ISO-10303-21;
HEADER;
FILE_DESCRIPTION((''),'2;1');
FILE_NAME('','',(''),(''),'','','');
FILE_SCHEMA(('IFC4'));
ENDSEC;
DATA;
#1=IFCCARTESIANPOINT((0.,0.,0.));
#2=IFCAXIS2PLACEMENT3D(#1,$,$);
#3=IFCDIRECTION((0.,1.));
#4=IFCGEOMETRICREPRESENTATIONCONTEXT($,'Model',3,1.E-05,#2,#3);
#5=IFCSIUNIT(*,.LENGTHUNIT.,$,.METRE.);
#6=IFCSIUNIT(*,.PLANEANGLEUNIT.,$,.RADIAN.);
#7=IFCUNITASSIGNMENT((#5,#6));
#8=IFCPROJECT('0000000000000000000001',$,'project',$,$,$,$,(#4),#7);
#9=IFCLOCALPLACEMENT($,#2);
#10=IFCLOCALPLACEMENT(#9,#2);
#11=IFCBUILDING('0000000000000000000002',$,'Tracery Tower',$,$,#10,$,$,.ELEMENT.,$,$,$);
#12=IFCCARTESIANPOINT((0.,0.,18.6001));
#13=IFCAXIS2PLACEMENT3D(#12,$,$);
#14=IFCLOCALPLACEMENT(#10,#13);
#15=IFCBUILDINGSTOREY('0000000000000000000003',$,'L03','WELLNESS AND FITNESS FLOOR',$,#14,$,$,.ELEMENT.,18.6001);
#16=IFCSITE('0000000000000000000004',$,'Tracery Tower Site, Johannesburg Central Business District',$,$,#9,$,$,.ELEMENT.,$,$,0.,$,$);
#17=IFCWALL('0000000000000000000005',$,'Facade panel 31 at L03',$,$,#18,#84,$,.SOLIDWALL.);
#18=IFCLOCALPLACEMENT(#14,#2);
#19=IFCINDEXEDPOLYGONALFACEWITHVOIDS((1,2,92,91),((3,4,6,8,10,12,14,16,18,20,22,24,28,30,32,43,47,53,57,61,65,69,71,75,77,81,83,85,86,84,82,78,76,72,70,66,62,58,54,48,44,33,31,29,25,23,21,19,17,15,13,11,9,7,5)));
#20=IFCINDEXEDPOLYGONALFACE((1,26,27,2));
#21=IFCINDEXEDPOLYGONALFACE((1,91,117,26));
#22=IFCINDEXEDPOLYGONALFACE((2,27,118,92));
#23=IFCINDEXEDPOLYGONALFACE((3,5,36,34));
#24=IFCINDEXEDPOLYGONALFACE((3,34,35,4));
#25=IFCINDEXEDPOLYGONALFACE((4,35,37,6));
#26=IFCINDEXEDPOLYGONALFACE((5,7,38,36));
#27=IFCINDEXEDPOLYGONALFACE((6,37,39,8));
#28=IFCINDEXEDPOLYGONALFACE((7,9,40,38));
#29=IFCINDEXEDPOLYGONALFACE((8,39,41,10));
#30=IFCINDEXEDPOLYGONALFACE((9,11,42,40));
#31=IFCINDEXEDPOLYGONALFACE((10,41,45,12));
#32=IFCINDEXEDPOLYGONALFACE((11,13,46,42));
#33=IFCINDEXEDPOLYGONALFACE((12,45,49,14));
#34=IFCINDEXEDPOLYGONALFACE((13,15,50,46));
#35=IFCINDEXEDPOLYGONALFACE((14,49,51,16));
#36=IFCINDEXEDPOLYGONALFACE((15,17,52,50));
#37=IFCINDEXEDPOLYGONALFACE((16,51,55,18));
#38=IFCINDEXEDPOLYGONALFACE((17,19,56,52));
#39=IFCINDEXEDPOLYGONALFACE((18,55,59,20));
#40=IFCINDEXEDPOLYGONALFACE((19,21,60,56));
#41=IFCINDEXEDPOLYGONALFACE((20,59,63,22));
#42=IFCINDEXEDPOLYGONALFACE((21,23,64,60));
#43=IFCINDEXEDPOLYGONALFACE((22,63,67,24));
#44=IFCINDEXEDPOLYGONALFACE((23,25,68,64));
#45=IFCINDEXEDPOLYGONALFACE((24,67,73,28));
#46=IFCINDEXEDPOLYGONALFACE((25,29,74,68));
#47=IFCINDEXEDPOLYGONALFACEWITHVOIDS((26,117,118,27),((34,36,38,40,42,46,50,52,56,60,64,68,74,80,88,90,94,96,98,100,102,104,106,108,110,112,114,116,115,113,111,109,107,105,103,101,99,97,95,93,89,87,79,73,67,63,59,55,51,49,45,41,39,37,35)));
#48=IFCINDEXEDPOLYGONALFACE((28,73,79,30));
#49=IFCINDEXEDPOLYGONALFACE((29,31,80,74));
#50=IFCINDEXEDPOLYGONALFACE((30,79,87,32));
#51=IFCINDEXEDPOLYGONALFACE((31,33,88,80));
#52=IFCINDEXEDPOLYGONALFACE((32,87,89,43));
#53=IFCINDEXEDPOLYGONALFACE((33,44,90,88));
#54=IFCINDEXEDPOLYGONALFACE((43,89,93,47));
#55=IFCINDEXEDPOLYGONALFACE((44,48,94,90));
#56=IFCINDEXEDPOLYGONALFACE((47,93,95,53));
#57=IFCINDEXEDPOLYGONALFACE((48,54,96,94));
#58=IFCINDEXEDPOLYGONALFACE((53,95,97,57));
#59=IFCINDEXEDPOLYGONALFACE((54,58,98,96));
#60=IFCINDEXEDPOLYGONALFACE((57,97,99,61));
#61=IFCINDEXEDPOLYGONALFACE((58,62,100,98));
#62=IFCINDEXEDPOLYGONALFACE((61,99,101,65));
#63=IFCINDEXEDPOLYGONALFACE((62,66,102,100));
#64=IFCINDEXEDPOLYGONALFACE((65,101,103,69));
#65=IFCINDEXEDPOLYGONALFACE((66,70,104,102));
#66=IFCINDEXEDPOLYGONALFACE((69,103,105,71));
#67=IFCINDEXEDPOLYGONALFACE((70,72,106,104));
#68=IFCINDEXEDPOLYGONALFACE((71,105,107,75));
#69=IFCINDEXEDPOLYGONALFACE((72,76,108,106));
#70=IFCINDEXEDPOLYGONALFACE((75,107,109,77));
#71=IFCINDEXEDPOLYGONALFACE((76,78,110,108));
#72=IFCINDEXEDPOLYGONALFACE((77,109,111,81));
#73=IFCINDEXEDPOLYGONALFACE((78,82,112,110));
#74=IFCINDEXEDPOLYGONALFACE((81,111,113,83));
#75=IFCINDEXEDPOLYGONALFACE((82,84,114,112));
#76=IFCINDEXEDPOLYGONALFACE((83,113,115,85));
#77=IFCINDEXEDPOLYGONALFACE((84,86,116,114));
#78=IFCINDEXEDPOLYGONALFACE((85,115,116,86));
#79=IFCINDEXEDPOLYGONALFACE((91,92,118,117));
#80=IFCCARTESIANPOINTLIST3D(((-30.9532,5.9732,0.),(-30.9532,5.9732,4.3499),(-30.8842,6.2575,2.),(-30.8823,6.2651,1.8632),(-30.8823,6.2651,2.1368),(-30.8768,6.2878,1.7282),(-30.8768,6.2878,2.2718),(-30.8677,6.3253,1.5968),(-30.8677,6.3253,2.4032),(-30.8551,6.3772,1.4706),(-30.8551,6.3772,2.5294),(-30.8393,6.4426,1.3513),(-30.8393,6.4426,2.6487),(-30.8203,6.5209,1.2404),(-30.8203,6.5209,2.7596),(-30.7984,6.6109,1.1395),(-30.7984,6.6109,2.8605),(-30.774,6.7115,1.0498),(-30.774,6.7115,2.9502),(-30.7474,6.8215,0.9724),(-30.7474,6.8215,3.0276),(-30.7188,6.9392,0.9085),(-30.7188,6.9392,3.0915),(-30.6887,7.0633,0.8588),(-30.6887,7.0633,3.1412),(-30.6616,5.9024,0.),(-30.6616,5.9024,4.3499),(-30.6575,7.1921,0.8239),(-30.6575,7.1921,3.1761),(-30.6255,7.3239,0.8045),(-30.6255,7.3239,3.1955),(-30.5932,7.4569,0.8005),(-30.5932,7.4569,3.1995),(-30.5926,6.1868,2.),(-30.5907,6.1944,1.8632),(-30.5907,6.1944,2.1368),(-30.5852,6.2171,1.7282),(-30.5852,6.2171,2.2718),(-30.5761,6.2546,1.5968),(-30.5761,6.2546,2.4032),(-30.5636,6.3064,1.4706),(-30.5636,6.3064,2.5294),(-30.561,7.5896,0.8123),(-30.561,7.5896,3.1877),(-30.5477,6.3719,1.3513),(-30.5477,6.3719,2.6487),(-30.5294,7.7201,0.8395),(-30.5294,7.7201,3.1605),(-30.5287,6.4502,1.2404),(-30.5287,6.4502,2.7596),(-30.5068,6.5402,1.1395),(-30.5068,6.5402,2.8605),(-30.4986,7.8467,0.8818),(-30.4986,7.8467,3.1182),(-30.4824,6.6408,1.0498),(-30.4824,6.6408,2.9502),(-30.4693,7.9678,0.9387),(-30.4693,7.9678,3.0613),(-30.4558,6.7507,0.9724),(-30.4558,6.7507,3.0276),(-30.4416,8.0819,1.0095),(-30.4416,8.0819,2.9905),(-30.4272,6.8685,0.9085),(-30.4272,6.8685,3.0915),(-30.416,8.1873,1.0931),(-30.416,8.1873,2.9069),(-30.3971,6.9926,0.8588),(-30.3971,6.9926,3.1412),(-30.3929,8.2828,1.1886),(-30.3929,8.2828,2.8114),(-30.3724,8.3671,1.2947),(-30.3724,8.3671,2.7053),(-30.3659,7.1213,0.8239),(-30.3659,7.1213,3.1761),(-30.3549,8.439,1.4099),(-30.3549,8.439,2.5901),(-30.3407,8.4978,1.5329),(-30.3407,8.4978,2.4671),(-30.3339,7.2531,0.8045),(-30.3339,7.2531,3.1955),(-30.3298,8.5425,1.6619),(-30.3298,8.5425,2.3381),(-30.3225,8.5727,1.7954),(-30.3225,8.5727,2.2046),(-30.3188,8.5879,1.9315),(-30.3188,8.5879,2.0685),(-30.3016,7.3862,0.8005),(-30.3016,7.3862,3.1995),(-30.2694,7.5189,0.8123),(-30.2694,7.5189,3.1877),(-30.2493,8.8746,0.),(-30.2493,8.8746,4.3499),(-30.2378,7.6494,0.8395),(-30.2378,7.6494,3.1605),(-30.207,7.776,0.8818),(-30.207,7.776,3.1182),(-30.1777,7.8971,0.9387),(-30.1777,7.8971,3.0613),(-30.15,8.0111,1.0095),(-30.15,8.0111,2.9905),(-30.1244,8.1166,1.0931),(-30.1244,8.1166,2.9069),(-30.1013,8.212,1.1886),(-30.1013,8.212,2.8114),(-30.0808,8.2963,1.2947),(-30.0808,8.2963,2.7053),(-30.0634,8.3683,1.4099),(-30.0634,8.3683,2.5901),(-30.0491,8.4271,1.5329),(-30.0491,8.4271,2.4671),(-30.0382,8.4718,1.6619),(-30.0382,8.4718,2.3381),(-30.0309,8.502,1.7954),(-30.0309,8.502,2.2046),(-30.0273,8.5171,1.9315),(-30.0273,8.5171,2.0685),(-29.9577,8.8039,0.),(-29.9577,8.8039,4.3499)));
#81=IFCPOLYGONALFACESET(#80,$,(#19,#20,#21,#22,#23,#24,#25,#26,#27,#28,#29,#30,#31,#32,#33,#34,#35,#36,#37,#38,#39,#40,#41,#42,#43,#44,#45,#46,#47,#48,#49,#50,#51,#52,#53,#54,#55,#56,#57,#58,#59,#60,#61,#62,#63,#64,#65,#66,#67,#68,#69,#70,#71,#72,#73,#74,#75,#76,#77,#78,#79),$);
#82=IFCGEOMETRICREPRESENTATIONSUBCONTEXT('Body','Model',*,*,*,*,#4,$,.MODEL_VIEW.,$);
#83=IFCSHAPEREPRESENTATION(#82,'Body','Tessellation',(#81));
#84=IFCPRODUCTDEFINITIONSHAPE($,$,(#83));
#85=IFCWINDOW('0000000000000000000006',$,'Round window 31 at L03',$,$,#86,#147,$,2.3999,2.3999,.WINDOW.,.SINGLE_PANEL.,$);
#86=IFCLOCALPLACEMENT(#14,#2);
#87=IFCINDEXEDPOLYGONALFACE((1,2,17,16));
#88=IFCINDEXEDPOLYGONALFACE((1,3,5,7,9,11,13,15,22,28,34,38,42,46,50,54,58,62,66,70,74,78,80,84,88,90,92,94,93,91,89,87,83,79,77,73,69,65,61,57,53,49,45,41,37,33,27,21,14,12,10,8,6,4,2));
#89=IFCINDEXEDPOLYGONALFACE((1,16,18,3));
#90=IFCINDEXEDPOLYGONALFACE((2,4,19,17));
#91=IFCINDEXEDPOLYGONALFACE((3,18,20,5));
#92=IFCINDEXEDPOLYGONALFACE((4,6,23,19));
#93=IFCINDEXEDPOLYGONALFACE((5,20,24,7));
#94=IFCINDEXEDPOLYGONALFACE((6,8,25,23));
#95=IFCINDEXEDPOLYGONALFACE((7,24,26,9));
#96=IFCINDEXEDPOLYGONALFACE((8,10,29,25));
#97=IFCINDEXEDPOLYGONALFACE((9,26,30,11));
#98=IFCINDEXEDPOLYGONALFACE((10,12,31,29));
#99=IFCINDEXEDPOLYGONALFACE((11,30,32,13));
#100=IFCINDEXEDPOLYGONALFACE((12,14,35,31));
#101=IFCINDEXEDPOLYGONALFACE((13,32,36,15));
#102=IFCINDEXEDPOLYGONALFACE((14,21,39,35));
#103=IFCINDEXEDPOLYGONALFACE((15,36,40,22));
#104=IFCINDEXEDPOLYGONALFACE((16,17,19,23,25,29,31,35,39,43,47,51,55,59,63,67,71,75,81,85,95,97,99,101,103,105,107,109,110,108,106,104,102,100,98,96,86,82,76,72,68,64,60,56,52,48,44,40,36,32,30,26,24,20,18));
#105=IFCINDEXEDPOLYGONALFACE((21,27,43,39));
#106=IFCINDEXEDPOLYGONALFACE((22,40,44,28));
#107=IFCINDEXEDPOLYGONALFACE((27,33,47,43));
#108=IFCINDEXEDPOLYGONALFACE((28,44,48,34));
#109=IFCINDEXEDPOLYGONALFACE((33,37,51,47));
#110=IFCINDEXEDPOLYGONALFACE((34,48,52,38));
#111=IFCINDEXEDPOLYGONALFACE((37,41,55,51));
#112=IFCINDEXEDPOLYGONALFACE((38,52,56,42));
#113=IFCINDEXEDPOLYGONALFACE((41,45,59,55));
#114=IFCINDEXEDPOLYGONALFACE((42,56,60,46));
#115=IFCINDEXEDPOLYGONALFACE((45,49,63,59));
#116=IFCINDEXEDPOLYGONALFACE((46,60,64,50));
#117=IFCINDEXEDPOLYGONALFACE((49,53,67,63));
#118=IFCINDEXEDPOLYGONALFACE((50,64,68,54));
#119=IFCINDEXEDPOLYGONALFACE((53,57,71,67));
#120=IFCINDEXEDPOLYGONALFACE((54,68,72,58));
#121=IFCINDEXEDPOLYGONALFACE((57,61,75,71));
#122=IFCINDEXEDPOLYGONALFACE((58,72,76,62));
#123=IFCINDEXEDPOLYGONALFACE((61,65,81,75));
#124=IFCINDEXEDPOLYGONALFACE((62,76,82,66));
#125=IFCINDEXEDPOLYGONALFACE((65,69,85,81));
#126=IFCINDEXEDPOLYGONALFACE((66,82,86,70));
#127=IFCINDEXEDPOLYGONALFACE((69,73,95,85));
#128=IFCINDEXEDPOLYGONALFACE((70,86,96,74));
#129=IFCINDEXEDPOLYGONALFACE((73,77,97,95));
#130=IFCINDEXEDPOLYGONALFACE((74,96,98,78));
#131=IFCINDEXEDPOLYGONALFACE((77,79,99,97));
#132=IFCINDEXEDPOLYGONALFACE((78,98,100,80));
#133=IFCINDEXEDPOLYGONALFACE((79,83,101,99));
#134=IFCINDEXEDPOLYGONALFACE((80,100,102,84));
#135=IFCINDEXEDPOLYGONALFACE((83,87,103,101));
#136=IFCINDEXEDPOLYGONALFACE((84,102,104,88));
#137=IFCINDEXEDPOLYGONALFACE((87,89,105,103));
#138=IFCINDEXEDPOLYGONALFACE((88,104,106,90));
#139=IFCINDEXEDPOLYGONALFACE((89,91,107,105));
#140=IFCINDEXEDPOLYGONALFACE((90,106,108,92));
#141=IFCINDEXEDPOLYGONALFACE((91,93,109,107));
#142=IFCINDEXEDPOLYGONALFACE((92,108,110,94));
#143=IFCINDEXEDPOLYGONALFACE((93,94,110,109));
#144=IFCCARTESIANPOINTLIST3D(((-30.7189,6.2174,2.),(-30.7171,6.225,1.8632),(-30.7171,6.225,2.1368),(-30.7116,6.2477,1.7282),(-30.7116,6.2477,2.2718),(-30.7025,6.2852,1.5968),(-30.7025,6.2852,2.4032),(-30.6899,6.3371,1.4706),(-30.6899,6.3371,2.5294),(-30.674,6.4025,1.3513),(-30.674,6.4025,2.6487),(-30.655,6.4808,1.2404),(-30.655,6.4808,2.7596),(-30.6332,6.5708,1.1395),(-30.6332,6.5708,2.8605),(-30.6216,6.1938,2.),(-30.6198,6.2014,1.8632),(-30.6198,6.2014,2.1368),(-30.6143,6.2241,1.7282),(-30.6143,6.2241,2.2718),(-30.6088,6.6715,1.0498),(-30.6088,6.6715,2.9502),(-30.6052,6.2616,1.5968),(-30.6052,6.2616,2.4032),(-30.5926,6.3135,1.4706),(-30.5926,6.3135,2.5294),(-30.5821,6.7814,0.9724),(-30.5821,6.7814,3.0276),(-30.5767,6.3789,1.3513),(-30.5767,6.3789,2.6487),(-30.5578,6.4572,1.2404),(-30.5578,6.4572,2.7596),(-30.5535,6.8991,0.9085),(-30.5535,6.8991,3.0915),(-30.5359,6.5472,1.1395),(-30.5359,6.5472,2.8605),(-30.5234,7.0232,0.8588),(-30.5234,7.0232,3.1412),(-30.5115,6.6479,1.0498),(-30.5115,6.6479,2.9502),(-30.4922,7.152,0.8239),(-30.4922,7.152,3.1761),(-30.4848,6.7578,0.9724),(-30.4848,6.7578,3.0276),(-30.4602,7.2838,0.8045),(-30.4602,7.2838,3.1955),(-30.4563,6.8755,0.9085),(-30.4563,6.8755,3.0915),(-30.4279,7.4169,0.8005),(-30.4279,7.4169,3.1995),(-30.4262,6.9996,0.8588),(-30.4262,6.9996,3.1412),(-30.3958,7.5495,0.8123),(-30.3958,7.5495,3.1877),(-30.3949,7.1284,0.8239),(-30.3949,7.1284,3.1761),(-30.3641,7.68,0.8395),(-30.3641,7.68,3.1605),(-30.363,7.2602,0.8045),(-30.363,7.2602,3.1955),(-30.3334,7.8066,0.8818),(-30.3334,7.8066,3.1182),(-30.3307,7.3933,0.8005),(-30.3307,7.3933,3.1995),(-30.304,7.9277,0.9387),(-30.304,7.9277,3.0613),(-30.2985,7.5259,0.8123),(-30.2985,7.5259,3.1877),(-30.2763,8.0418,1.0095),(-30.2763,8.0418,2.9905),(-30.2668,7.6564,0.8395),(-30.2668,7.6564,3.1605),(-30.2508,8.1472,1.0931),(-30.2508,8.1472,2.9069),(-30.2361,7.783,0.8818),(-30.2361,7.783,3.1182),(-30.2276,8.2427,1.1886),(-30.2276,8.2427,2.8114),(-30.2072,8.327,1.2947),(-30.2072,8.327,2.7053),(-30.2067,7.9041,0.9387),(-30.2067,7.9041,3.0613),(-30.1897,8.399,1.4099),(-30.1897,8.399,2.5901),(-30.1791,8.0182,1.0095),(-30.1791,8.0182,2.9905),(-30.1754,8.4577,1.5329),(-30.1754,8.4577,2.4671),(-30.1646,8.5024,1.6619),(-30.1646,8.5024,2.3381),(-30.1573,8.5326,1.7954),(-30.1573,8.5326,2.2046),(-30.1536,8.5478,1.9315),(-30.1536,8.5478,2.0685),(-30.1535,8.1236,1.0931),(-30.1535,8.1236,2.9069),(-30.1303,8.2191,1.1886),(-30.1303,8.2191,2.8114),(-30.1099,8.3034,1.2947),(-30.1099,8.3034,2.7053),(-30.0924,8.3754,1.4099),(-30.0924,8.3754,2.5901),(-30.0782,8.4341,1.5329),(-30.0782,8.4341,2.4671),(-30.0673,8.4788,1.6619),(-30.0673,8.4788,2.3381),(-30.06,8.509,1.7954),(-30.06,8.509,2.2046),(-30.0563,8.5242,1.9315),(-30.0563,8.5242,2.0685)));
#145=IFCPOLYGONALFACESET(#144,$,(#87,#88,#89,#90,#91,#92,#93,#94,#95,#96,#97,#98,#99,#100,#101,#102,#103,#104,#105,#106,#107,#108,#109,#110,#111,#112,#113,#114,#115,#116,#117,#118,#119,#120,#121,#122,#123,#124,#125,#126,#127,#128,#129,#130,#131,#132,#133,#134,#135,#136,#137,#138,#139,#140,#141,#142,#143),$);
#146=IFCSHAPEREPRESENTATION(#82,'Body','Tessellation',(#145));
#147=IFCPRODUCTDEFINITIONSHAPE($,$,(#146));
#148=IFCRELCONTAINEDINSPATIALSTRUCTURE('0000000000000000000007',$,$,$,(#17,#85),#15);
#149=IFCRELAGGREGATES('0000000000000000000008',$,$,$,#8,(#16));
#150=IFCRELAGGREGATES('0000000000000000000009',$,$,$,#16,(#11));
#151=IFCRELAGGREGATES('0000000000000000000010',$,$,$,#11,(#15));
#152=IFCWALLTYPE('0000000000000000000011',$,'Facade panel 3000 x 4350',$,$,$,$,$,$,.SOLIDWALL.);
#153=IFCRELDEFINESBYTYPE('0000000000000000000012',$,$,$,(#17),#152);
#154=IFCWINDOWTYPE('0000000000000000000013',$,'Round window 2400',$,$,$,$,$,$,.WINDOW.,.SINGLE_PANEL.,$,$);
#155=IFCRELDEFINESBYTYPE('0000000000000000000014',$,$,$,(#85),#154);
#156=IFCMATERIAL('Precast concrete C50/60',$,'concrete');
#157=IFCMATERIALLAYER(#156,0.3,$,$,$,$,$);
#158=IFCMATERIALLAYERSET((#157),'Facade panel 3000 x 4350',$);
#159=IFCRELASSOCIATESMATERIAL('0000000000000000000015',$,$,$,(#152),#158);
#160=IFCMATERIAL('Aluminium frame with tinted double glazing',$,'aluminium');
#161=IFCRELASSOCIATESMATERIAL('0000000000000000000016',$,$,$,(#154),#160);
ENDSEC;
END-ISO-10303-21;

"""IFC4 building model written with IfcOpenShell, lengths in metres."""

from ifc_helpers import new_model, si_unit, direction, frame, frame_2d, origin, origin_2d, place, context, subcontext, project, spatial, rectangle, circle, extrude, material, layer, layer_set, type_object, element, fill, save


model = new_model("IFC4")

# Units and contexts
model_context = context("Model", 3, precision=1e-05, world=origin(), true_north=direction((0.0, 1.0)))
body_context = subcontext(model_context, "Body", "Model", "MODEL_VIEW")
ifc_project = project(units=[si_unit("LENGTHUNIT", "METRE"), si_unit("PLANEANGLEUNIT", "RADIAN")], contexts=[model_context])

# Site, building, storey
site_placement = place(None, origin())
site = spatial("IfcSite", under=ifc_project, at=site_placement, Name="Tracery Tower Site, Johannesburg Central Business District", CompositionType="ELEMENT", RefElevation=0.0)
building_placement = place(site_placement, origin())
building = spatial("IfcBuilding", under=site, at=building_placement, Name="Tracery Tower", CompositionType="ELEMENT")
storey_placement = place(building_placement, frame((0.0, 0.0, 18.6001)))
storey = spatial("IfcBuildingStorey", under=building, at=storey_placement, Name="L03", Description="WELLNESS AND FITNESS FLOOR", CompositionType="ELEMENT", Elevation=18.6001)

# Wall, opening, window
ifc_material_1 = material(Name="Precast concrete C50/60", Category="concrete")
ifc_layer_1 = layer(ifc_material_1, 0.3)
ifc_layer_set_1 = layer_set([ifc_layer_1], Name="Facade panel 3000 x 4350")
wall_type_1 = type_object("IfcWallType", Name="Facade panel 3000 x 4350", PredefinedType="SOLIDWALL", material=ifc_layer_set_1)
ifc_material_2 = material(Name="Aluminium frame with tinted double glazing", Category="aluminium")
window_type = type_object("IfcWindowType", Name="Round window 2400", PartitioningType="SINGLE_PANEL", PredefinedType="WINDOW", material=ifc_material_2)
wall_1_placement = place(storey_placement, frame((-30.1035, 8.8391, 0.0), z_axis=(0.0, 0.0, 1.0), x_axis=(-0.235757, -0.971812, 0.0)))
wall_1 = element("IfcWall", 1, at=wall_1_placement, inside=storey, type_object=wall_type_1, Name="Facade panel 31 at L03", PredefinedType="SOLIDWALL", context=body_context, shape_type="SweptSolid", body=[
    extrude(rectangle(XDim=2.9856, YDim=0.3, at=frame_2d((1.4927, 0.0))), origin(), (0.0, 0.0, 1.0), 4.3499),
])
opening_1_placement = place(wall_1_placement, frame((1.4929, 0.0, 2.0)))
opening_1 = element("IfcOpeningElement", 2, at=opening_1_placement, cuts=wall_1, PredefinedType="OPENING", context=body_context, shape_type="SweptSolid", body=[
    extrude(circle(Radius=1.2, at=origin_2d()), frame((0.0, 0.1599, 0.0), z_axis=(0.0, -1.0, 0.0), x_axis=(1.0, 0.0, 0.0)), (0.0, 0.0, 1.0), 0.3201),
])
window_1_placement = place(opening_1_placement, origin())
window_1 = element("IfcWindow", 3, at=window_1_placement, inside=storey, type_object=window_type, Name="Round window 31 at L03", OverallHeight=2.3999, OverallWidth=2.3999, PartitioningType="SINGLE_PANEL", PredefinedType="WINDOW", context=body_context, shape_type="SweptSolid", body=[
    extrude(circle(Radius=1.2, at=origin_2d()), frame((0.0, 0.1201, 0.0), z_axis=(0.0, -1.0, 0.0), x_axis=(1.0, 0.0, 0.0)), (0.0, 0.0, 1.0), 0.1001),
])
fill(opening_1, window_1)

save(model, "model.ifc")
